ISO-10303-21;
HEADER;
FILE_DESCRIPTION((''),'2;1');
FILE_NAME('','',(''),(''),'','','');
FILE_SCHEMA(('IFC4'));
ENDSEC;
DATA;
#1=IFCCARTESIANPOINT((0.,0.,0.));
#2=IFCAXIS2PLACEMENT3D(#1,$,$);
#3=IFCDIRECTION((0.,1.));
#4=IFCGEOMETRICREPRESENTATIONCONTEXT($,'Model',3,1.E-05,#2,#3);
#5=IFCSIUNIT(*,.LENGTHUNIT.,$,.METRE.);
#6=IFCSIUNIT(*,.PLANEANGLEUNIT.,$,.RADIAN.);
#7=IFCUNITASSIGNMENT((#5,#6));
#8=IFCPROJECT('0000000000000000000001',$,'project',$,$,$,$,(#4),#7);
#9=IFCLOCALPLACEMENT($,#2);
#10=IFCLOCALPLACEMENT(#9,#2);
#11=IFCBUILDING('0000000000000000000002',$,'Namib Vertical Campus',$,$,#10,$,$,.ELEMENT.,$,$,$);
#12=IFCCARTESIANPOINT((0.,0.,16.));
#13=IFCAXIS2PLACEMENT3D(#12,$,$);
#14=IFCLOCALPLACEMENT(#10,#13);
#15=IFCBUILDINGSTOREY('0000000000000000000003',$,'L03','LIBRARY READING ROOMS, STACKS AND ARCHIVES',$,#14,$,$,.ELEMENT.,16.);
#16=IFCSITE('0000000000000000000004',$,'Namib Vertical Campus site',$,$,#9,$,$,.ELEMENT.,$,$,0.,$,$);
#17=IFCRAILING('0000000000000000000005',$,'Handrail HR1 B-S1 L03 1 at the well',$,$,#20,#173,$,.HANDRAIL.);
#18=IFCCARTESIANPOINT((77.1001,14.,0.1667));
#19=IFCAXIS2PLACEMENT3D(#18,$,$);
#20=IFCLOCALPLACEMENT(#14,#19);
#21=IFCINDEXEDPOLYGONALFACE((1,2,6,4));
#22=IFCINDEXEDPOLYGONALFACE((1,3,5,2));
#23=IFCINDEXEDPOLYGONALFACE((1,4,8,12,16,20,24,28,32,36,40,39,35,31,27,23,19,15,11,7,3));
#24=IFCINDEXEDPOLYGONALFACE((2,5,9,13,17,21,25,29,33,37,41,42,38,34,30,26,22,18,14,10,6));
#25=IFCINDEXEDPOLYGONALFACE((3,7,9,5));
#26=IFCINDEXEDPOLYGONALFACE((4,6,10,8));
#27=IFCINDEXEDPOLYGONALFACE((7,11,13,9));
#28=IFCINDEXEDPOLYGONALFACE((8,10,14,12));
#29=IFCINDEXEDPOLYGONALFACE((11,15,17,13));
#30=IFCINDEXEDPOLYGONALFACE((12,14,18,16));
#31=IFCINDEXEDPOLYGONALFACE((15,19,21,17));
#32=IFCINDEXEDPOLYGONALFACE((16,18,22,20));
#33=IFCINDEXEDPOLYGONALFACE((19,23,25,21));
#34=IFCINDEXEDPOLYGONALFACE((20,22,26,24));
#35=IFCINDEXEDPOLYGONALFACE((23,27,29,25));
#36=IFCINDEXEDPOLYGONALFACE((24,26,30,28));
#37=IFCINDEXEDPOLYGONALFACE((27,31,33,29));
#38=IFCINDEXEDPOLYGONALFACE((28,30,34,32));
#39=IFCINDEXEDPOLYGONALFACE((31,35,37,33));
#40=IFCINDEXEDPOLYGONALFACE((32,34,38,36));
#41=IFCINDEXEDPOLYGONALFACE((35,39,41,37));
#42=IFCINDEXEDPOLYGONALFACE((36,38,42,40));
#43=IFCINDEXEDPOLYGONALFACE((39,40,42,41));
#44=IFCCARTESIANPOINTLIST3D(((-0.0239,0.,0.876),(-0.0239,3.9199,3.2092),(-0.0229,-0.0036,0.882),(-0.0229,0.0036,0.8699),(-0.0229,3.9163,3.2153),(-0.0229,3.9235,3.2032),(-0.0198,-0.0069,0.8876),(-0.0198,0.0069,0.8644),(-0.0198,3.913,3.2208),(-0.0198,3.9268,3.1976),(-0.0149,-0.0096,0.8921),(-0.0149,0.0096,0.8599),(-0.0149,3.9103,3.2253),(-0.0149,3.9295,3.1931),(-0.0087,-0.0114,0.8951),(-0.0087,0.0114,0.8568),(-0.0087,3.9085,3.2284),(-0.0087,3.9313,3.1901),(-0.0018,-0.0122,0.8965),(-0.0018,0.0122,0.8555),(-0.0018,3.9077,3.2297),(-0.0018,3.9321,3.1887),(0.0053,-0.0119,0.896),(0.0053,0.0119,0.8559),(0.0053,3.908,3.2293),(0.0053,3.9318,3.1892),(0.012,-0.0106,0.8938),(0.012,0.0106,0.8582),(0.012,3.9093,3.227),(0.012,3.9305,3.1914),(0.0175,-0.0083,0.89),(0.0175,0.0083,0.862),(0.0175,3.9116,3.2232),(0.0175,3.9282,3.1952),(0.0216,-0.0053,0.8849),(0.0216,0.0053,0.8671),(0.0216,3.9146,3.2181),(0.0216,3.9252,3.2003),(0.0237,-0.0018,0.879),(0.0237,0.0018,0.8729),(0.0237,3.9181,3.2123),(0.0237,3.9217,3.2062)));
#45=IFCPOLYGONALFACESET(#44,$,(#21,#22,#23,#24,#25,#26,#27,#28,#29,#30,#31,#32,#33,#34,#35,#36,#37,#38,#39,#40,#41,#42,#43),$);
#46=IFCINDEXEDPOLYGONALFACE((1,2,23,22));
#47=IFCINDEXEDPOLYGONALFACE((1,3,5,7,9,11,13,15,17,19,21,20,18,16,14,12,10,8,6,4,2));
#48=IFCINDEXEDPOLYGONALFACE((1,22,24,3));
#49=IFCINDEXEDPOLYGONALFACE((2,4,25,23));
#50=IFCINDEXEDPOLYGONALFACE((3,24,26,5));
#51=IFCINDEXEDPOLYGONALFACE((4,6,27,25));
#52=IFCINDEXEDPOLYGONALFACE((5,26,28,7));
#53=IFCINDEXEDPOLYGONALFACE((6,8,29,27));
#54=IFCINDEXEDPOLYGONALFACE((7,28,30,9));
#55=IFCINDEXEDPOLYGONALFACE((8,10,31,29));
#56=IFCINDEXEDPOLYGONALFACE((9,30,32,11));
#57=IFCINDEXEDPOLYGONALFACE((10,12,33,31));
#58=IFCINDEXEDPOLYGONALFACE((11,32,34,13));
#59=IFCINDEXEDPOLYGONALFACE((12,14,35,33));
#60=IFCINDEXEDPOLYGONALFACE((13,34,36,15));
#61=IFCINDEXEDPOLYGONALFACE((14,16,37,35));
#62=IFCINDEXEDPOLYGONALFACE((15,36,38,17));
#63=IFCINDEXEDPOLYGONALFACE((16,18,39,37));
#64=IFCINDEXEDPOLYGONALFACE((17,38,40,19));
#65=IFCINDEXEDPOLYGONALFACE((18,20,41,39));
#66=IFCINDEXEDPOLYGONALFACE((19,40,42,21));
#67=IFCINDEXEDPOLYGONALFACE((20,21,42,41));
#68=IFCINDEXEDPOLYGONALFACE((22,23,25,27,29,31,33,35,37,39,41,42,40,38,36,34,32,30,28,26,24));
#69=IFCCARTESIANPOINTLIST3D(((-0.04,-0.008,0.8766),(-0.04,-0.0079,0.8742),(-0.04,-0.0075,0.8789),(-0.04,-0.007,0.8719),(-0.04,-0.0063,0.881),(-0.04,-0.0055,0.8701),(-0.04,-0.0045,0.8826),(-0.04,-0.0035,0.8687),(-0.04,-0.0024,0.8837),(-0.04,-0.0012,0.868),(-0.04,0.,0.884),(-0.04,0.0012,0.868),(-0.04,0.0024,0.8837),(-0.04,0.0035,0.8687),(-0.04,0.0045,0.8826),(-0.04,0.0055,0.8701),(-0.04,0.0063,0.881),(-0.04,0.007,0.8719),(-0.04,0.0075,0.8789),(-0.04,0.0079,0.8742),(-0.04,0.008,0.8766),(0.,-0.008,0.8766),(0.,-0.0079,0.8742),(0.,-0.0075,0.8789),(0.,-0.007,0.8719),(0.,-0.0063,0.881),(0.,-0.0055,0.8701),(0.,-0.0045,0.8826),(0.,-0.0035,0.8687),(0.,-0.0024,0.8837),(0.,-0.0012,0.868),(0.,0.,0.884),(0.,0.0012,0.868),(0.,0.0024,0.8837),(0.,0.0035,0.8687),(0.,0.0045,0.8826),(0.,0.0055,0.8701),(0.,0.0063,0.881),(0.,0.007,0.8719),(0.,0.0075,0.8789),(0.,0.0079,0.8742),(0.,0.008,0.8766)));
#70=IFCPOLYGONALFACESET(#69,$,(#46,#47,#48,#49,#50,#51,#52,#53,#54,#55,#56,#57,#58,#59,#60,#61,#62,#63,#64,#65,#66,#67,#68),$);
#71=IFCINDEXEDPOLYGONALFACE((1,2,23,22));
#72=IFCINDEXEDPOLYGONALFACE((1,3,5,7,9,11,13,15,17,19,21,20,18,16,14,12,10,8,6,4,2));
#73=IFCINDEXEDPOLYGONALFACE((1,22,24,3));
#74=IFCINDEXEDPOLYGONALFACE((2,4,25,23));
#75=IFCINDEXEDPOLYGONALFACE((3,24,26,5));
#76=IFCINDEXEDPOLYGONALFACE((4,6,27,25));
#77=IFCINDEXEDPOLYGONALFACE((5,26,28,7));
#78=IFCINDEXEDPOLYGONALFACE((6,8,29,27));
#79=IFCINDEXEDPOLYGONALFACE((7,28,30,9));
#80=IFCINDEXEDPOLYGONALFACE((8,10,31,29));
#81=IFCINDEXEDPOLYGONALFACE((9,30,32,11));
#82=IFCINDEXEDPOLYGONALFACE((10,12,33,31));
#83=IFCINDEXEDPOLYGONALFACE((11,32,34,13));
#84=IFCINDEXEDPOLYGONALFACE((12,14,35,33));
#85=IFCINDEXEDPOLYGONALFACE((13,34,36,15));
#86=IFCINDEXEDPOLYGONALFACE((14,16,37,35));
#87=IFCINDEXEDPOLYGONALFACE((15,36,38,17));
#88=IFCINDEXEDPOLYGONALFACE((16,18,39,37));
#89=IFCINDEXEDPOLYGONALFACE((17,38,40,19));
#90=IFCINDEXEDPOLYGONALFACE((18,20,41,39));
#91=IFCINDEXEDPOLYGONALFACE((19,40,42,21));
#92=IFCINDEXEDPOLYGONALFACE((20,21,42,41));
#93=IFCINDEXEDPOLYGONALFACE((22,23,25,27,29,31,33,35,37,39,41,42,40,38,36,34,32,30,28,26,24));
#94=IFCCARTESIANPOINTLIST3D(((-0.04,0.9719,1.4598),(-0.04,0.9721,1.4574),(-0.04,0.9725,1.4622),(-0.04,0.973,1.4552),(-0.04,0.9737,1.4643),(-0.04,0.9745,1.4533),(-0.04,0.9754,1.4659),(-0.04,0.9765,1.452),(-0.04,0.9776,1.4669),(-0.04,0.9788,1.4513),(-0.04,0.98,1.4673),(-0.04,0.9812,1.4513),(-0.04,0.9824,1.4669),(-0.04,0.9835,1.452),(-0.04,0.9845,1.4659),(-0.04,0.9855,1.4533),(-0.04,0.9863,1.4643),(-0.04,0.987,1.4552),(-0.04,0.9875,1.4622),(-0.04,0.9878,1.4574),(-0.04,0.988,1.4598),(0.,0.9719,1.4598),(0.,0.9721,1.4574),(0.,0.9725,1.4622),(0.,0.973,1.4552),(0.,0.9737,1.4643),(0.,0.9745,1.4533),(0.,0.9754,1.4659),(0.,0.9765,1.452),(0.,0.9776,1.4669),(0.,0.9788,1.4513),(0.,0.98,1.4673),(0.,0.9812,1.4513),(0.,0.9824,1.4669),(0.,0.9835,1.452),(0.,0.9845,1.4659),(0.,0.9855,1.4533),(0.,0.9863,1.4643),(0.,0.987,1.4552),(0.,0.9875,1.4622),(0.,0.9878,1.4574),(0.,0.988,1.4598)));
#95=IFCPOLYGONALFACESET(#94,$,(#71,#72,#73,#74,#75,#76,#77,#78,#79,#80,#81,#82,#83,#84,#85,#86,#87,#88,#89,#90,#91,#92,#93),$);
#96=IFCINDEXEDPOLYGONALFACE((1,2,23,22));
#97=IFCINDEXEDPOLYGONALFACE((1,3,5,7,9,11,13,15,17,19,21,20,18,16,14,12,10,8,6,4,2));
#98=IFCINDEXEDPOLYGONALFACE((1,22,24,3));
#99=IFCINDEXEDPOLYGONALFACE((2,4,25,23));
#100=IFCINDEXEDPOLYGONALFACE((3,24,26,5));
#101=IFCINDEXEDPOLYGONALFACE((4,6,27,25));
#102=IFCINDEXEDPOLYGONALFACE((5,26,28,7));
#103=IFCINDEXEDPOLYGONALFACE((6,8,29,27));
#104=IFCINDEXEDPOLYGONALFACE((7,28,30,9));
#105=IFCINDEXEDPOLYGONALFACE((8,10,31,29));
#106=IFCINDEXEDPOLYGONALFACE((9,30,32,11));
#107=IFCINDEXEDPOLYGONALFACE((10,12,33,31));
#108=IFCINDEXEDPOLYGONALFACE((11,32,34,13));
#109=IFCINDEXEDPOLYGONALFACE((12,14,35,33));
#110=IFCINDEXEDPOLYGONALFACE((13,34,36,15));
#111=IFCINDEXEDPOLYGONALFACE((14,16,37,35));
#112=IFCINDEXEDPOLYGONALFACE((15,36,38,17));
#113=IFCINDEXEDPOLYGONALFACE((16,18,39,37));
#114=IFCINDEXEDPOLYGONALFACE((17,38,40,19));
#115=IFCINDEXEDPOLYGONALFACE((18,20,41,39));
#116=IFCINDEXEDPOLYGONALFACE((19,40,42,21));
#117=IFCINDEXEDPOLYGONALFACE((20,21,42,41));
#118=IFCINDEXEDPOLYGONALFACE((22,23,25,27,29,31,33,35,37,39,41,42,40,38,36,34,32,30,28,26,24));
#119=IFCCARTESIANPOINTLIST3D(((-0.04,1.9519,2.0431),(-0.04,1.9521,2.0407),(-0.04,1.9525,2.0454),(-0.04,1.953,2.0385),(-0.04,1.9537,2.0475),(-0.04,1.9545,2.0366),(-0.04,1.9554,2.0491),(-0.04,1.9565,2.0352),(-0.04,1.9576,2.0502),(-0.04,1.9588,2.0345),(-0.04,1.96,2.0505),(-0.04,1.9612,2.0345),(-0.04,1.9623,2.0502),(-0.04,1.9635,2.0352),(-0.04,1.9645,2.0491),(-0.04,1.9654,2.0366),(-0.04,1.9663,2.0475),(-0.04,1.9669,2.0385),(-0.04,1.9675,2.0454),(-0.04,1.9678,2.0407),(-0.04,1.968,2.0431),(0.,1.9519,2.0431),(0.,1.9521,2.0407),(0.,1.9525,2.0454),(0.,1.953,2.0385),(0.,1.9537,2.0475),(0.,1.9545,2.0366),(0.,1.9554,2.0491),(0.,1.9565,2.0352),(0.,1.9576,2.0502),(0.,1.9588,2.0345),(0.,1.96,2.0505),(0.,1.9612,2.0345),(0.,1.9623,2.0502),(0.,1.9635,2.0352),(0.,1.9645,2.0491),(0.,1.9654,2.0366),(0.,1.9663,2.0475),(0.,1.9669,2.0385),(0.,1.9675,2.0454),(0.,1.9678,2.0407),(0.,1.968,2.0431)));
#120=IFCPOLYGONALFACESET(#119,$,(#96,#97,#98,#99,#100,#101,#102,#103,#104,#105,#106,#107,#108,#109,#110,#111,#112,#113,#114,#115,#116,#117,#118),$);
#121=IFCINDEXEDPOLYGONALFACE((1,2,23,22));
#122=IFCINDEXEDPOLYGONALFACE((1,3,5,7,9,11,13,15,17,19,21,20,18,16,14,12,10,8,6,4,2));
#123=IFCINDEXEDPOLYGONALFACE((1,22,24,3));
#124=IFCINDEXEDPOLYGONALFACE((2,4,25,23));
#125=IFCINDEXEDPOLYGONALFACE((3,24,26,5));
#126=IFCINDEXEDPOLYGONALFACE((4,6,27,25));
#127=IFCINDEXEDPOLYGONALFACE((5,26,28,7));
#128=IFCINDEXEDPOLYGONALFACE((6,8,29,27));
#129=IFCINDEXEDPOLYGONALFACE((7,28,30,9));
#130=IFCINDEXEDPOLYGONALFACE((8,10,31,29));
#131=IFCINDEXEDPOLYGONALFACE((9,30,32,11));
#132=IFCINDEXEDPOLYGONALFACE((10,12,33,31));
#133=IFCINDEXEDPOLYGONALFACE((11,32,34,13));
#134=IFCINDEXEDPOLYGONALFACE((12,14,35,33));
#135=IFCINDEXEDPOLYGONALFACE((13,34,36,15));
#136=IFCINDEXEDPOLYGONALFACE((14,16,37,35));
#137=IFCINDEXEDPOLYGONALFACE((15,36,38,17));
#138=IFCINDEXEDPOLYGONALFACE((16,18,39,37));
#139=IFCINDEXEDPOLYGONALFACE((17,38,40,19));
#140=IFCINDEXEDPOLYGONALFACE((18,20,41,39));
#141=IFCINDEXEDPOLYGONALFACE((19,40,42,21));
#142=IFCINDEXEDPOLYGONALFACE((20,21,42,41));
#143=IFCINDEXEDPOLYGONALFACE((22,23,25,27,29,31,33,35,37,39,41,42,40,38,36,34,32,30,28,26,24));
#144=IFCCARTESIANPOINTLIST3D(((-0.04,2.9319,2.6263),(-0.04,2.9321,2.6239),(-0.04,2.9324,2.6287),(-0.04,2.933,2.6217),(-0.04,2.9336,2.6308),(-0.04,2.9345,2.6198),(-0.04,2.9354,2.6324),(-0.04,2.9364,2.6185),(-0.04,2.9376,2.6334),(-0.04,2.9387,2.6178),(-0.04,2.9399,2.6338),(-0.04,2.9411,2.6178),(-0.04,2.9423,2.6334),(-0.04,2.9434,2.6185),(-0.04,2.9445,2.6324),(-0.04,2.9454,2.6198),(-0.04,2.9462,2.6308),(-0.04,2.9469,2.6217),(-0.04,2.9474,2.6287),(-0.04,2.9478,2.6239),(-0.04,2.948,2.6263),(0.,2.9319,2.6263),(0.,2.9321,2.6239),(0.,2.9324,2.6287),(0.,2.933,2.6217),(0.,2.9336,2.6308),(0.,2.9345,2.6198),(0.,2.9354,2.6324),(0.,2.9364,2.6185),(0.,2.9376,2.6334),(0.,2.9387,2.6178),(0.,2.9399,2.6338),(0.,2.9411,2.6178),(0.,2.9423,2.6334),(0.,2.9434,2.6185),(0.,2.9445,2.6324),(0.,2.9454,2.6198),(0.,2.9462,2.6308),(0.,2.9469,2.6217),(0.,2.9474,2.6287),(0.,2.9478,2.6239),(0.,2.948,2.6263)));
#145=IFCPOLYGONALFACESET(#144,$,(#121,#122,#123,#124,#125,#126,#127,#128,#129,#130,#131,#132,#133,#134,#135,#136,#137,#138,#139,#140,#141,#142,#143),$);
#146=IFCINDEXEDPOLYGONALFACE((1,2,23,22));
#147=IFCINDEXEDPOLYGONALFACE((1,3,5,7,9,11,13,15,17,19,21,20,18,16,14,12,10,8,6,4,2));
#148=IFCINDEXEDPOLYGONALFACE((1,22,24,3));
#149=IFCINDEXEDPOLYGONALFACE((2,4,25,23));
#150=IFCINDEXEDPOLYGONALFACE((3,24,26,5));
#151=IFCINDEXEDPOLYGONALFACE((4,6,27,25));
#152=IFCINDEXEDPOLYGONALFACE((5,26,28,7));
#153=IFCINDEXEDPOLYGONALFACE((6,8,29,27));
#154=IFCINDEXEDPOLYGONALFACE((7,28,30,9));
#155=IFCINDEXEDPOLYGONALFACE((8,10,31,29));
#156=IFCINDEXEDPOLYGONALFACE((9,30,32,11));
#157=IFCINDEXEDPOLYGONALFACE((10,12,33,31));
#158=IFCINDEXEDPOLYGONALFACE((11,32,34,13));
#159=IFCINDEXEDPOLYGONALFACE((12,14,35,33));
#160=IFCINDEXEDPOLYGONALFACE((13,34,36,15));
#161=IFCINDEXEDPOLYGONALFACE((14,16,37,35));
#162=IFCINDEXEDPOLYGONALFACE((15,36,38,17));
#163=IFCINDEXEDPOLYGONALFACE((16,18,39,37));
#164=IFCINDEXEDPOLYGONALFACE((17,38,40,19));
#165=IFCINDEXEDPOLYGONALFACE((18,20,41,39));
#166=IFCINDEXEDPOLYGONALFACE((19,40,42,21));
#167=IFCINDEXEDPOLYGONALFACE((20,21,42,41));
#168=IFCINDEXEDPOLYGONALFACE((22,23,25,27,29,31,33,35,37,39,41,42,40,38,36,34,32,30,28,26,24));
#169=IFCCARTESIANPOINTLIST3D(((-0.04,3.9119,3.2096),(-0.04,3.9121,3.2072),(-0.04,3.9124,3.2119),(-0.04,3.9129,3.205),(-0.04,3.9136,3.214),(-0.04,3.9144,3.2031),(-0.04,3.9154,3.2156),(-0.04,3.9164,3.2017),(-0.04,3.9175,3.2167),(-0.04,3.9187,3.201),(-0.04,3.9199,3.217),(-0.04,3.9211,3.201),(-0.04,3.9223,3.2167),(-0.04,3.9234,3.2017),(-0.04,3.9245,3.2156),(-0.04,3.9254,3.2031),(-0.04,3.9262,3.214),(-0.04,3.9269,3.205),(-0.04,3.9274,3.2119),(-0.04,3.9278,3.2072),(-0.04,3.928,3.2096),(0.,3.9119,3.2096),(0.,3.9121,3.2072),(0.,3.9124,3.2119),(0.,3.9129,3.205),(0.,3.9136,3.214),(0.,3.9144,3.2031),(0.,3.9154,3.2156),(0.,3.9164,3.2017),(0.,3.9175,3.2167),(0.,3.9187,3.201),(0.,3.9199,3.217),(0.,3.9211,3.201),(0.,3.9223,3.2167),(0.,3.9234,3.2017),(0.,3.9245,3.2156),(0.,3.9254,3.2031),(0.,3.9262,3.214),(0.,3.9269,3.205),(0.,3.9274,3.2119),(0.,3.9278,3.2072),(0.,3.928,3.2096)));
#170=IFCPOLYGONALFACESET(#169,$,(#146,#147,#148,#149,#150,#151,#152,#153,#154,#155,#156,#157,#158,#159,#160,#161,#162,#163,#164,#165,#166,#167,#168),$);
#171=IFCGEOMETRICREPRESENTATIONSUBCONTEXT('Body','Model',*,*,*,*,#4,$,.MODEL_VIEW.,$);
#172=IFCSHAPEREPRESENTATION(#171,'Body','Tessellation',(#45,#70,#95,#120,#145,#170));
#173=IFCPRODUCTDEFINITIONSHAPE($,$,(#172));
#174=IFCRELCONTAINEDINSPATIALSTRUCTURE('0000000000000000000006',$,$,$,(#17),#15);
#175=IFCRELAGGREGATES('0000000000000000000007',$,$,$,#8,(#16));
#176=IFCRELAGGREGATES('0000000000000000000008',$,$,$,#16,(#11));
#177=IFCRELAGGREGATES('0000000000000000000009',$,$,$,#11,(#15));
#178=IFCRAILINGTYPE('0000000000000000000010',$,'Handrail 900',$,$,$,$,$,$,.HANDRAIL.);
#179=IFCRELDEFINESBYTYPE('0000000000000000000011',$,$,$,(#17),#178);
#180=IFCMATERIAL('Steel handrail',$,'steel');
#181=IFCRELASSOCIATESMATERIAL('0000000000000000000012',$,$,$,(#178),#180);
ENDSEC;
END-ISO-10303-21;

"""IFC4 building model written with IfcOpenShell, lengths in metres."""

from ifc_helpers import new_model, si_unit, direction, frame, origin, origin_2d, place, context, subcontext, project, spatial, circle, extrude, material, type_object, element, save


model = new_model("IFC4")

# Units and contexts
model_context = context("Model", 3, precision=1e-05, world=origin(), true_north=direction((0.0, 1.0)))
body_context = subcontext(model_context, "Body", "Model", "MODEL_VIEW")
ifc_project = project(units=[si_unit("LENGTHUNIT", "METRE"), si_unit("PLANEANGLEUNIT", "RADIAN")], contexts=[model_context])

# Site, building, storey
site_placement = place(None, origin())
site = spatial("IfcSite", under=ifc_project, at=site_placement, Name="Namib Vertical Campus site", CompositionType="ELEMENT", RefElevation=0.0)
building_placement = place(site_placement, origin())
building = spatial("IfcBuilding", under=site, at=building_placement, Name="Namib Vertical Campus", CompositionType="ELEMENT")
storey_placement = place(building_placement, frame((0.0, 0.0, 16.0)))
storey = spatial("IfcBuildingStorey", under=building, at=storey_placement, Name="L03", Description="LIBRARY READING ROOMS, STACKS AND ARCHIVES", CompositionType="ELEMENT", Elevation=16.0)

# Railing
ifc_material_1 = material(Name="Steel handrail", Category="steel")
railing_type_1 = type_object("IfcRailingType", Name="Handrail 900", PredefinedType="HANDRAIL", material=ifc_material_1)
railing_1_placement = place(storey_placement, frame((77.1001, 14.0, 0.1667)))
element("IfcRailing", 1, at=railing_1_placement, inside=storey, type_object=railing_type_1, Name="Handrail HR1 B-S1 L03 1 at the well", PredefinedType="HANDRAIL", context=body_context, shape_type="SweptSolid", body=[
    extrude(circle(Radius=0.0239, at=origin_2d()), frame((0.0, 0.0, 0.876), z_axis=(0.0, 0.859296, 0.511478), x_axis=(-1.0, 0.0, 0.0)), (0.0, 0.0, 1.0), 4.5618),
    extrude(circle(Radius=0.0081, at=origin_2d()), frame((0.0, 0.0, 0.876), z_axis=(-1.0, 0.0, 0.0), x_axis=(0.0, 0.0, 1.0)), (0.0, 0.0, 1.0), 0.04),
    extrude(circle(Radius=0.0081, at=origin_2d()), frame((0.0, 0.98, 1.4592), z_axis=(-1.0, 0.0, 0.0), x_axis=(0.0, 0.0, 1.0)), (0.0, 0.0, 1.0), 0.04),
    extrude(circle(Radius=0.0081, at=origin_2d()), frame((0.0, 1.96, 2.0425), z_axis=(-1.0, 0.0, 0.0), x_axis=(0.0, 0.0, 1.0)), (0.0, 0.0, 1.0), 0.04),
    extrude(circle(Radius=0.0081, at=origin_2d()), frame((0.0, 2.9399, 2.6257), z_axis=(-1.0, 0.0, 0.0), x_axis=(0.0, 0.0, 1.0)), (0.0, 0.0, 1.0), 0.04),
    extrude(circle(Radius=0.0081, at=origin_2d()), frame((0.0, 3.9199, 3.209), z_axis=(-1.0, 0.0, 0.0), x_axis=(0.0, 0.0, 1.0)), (0.0, 0.0, 1.0), 0.04),
])

save(model, "model.ifc")
